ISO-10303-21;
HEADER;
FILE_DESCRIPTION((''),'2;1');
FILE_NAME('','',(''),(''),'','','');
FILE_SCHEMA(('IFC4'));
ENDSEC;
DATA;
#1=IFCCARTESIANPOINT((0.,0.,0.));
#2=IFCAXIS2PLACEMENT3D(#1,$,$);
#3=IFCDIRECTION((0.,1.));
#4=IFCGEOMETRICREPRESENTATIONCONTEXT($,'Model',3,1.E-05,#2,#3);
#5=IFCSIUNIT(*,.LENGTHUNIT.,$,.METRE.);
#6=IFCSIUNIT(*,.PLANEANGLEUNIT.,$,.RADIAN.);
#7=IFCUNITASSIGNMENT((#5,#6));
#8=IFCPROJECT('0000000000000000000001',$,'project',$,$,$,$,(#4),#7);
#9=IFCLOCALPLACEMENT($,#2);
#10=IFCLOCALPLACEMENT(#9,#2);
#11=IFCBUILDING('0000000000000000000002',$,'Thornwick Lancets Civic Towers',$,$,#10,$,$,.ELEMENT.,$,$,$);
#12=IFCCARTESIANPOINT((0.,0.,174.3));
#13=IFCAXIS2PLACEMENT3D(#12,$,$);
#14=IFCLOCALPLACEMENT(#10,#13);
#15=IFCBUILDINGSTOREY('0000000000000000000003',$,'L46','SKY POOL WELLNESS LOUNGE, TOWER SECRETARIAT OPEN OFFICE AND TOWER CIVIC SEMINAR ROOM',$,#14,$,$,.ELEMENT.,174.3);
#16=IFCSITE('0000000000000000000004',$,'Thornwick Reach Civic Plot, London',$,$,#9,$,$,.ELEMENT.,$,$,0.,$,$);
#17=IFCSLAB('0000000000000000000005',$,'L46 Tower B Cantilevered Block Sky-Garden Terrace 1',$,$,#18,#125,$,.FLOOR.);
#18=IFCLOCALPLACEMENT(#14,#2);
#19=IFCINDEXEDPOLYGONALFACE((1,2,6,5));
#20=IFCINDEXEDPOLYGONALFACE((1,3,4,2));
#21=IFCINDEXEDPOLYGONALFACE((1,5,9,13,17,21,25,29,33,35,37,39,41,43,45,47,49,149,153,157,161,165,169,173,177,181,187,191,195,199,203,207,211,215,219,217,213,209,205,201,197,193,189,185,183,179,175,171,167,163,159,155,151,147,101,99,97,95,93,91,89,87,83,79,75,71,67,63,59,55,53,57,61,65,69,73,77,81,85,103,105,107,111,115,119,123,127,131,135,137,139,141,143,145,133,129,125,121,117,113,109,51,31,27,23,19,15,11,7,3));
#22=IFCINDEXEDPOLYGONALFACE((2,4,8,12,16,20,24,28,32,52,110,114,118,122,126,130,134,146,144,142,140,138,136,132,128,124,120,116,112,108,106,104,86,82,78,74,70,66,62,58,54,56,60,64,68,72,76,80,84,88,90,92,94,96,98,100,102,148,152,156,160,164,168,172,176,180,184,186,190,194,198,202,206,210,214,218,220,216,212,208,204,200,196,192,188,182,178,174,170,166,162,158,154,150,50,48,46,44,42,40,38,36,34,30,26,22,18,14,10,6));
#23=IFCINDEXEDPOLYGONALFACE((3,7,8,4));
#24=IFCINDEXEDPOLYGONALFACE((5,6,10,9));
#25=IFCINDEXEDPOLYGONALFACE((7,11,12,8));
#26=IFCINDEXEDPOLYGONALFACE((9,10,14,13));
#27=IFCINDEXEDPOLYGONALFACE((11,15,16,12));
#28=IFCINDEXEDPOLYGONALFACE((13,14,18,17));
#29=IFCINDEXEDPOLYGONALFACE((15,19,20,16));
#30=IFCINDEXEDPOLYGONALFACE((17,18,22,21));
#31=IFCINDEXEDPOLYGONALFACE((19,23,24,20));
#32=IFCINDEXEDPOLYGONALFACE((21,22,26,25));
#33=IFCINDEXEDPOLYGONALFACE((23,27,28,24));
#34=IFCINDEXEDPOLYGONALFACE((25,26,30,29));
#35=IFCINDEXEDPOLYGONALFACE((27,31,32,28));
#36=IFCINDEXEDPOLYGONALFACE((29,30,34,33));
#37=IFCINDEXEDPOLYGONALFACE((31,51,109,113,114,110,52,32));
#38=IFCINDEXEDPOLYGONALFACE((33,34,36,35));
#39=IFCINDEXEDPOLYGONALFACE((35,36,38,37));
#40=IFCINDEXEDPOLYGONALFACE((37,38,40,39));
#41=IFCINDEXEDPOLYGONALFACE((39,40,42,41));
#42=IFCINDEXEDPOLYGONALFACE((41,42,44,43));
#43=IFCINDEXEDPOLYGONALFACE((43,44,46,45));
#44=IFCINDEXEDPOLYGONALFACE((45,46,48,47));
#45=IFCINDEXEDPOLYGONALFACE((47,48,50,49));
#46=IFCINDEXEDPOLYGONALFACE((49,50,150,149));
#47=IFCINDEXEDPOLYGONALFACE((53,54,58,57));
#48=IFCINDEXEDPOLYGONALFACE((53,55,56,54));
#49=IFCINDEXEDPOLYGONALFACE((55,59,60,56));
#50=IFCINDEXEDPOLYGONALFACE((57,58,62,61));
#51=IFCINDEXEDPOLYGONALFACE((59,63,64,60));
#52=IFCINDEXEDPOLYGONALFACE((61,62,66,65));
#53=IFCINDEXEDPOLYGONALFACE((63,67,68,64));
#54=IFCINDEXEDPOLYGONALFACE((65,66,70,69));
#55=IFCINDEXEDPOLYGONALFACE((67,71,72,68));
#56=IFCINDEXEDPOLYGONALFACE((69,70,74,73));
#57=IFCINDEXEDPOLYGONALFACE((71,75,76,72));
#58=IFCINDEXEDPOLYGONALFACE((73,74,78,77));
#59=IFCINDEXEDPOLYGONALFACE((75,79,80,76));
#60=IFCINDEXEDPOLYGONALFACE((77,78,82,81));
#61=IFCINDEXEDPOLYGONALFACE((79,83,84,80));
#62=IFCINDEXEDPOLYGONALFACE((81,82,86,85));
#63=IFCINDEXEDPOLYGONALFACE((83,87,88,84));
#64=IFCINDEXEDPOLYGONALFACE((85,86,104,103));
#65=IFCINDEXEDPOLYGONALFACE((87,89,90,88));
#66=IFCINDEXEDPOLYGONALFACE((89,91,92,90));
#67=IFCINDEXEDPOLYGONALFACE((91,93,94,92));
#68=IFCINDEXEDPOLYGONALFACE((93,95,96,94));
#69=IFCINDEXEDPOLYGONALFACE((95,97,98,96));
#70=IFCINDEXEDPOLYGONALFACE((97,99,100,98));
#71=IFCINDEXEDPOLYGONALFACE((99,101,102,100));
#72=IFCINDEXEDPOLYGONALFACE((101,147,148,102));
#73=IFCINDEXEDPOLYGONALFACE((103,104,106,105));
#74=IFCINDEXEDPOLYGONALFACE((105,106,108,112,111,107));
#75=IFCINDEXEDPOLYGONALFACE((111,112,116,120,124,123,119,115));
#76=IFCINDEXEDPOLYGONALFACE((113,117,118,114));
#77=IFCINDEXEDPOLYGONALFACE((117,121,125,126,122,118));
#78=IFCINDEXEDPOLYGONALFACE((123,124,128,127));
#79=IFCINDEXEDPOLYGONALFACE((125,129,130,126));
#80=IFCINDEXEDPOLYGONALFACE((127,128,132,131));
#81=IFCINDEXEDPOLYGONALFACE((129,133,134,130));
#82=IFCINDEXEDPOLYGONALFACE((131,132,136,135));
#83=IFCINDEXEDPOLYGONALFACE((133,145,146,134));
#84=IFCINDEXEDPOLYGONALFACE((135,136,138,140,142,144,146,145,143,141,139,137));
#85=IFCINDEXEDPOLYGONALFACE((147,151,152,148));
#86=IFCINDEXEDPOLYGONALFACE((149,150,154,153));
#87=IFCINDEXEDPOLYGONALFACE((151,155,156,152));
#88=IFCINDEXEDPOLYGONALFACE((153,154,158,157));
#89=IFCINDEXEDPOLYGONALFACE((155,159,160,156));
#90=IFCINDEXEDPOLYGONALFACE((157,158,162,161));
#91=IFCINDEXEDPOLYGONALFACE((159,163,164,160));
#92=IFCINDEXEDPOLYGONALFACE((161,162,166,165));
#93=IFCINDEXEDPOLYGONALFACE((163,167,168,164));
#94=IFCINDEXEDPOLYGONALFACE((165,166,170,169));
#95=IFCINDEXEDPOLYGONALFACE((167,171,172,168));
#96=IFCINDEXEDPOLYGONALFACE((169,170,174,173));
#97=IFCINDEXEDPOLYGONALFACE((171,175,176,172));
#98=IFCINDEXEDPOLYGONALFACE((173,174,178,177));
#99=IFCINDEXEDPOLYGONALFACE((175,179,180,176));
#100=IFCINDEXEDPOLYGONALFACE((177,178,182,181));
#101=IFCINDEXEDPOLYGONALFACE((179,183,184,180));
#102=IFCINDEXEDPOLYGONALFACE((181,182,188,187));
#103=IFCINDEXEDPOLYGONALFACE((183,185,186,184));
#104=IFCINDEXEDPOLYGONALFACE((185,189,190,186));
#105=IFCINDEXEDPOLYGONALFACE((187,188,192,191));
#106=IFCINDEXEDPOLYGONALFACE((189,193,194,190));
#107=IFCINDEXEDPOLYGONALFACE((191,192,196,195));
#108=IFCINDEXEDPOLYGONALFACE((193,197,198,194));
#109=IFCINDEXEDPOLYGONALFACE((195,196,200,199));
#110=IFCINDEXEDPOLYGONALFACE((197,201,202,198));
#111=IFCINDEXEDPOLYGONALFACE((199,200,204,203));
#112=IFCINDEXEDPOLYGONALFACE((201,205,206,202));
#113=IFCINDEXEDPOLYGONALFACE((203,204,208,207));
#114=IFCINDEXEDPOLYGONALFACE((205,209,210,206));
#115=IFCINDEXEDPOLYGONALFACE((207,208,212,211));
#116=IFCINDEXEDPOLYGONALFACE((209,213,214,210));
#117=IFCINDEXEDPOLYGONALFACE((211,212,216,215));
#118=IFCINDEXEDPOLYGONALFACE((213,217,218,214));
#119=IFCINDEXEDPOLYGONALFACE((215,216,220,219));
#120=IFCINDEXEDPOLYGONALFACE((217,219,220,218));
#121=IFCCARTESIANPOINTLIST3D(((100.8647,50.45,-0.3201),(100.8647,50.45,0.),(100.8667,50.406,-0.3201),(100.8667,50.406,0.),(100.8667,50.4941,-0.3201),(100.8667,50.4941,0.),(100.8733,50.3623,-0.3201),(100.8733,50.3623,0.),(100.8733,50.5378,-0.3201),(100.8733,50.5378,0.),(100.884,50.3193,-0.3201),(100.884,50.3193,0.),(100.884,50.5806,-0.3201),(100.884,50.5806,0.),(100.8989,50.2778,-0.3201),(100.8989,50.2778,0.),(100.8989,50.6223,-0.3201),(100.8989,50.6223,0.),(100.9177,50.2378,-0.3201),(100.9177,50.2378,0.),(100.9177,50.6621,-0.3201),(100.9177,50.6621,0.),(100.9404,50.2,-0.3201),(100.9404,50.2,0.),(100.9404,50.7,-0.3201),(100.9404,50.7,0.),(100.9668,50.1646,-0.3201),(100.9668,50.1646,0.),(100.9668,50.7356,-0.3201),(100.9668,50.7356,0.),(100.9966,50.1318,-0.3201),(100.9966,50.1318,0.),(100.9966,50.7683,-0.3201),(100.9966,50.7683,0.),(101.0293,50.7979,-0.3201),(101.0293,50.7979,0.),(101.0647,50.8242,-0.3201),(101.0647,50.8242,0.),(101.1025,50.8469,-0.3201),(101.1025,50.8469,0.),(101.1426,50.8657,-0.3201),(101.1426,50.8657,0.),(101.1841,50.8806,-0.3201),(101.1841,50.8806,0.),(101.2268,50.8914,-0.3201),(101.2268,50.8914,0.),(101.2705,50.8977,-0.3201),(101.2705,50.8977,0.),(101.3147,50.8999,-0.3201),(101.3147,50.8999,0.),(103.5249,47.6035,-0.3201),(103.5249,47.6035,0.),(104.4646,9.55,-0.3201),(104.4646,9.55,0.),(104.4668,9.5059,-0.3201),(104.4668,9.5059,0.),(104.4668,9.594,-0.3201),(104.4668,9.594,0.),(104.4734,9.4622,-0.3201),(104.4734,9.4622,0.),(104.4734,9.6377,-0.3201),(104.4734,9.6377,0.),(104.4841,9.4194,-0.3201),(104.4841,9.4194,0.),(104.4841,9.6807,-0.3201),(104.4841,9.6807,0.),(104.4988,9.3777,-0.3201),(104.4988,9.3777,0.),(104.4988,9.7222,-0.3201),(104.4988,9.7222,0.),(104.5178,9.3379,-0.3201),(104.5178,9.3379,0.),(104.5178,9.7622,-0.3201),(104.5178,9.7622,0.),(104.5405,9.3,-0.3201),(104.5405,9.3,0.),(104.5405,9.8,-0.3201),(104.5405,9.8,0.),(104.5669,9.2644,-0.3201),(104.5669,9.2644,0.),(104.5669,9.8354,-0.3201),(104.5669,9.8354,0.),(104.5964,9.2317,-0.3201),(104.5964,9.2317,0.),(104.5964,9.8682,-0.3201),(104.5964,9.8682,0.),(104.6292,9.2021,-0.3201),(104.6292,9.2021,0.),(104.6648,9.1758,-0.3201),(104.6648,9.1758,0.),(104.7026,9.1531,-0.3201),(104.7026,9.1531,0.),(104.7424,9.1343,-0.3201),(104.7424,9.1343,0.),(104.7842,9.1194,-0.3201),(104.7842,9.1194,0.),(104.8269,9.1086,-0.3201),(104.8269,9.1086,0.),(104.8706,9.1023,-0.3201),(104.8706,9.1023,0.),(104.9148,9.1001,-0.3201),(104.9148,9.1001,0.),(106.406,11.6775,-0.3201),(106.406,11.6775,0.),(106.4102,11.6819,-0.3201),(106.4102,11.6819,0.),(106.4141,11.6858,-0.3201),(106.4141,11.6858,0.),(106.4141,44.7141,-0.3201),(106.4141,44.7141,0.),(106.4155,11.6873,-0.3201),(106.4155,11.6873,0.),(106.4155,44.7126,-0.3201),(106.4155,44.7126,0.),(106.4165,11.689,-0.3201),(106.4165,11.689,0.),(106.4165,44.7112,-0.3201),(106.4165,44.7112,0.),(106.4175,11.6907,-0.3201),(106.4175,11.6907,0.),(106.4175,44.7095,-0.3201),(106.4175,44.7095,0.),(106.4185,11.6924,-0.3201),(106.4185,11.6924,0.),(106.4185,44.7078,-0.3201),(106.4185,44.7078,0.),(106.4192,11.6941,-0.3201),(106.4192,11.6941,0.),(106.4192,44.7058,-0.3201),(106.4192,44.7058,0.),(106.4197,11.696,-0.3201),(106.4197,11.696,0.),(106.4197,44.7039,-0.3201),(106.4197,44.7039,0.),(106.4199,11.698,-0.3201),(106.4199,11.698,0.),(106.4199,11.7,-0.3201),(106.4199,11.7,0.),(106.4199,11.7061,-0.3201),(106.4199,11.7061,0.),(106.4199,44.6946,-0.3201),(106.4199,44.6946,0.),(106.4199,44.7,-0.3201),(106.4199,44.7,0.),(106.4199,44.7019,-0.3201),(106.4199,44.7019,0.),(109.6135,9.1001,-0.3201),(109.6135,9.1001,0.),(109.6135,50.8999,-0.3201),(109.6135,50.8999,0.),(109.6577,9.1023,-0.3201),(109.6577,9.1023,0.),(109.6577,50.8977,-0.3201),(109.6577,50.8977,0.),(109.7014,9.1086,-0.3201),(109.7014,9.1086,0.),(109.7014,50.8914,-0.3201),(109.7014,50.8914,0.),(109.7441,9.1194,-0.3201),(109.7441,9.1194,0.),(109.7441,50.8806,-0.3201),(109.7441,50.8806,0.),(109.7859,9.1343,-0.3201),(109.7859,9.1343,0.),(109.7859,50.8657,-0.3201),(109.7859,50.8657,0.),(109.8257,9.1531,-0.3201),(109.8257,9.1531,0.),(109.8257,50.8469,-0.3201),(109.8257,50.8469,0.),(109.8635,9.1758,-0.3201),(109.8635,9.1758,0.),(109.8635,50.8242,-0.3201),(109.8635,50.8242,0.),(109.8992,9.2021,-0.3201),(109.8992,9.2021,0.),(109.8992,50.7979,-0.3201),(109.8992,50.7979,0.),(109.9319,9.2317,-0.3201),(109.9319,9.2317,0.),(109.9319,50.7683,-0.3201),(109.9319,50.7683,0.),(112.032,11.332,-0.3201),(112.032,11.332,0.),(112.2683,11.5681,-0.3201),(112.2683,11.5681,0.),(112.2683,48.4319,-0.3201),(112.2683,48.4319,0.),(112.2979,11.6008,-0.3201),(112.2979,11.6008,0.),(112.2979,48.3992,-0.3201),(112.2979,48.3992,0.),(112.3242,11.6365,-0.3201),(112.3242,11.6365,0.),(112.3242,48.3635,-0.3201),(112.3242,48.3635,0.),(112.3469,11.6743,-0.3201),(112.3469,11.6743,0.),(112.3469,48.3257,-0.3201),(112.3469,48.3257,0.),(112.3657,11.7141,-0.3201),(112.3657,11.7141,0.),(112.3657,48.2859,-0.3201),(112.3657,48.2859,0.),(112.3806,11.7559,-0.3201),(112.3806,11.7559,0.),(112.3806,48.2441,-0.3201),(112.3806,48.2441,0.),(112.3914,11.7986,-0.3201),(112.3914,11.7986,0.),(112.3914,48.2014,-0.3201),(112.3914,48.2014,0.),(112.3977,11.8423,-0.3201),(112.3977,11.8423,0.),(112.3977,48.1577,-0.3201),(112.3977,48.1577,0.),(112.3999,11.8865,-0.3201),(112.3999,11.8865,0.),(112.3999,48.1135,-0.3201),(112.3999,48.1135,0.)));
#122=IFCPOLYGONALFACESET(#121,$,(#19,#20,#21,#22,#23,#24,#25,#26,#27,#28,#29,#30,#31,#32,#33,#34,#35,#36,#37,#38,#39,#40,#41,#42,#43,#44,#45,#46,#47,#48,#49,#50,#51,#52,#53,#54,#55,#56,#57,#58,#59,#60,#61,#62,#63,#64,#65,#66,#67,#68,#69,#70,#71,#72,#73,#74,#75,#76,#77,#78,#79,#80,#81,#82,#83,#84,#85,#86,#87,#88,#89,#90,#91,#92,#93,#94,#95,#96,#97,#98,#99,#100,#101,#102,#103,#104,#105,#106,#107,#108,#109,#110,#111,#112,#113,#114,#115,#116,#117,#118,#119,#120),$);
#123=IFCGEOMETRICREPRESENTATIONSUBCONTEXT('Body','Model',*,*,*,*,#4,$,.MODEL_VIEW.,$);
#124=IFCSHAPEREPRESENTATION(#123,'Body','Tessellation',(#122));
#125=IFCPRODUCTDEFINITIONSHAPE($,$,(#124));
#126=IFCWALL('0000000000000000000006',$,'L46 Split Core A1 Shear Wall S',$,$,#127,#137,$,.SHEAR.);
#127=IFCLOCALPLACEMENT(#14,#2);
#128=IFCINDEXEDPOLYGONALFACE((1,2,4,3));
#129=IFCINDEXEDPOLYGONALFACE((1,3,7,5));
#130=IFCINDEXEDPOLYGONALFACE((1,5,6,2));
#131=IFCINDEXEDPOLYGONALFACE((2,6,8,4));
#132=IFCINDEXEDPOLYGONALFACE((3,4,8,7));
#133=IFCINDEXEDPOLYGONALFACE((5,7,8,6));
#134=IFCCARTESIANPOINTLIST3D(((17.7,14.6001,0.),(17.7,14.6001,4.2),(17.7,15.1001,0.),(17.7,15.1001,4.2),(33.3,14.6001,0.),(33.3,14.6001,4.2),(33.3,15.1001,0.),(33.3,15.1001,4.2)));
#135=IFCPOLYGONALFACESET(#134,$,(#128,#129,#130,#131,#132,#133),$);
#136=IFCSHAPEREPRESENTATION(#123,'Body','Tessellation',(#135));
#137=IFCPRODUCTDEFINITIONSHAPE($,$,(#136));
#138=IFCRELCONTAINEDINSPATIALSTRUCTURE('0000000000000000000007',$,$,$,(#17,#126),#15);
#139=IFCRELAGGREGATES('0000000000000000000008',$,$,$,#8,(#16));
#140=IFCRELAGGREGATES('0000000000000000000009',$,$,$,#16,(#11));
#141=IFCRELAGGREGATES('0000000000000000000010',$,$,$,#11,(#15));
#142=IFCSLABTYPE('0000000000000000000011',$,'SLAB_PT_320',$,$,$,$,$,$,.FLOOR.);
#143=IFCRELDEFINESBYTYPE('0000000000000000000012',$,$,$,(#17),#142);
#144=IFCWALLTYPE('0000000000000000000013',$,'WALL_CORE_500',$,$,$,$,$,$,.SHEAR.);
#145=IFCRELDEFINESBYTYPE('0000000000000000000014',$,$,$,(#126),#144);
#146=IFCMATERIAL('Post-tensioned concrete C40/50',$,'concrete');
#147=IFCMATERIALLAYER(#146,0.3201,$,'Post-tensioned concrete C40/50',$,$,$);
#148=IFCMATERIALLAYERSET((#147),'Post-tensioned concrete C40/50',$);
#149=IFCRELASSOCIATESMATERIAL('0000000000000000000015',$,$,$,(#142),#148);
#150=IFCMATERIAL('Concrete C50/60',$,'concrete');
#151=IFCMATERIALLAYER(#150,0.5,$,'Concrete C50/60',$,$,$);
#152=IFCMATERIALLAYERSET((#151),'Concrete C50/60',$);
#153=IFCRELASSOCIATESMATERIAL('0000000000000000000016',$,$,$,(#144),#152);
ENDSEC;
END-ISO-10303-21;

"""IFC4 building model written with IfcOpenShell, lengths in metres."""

from ifc_helpers import new_model, si_unit, direction, frame, frame_2d, origin, place, context, subcontext, project, spatial, polyline, rectangle, outline, extrude, material, layer, layer_set, type_object, element, save


model = new_model("IFC4")

# Units and contexts
model_context = context("Model", 3, precision=1e-05, world=origin(), true_north=direction((0.0, 1.0)))
body_context = subcontext(model_context, "Body", "Model", "MODEL_VIEW")
ifc_project = project(units=[si_unit("LENGTHUNIT", "METRE"), si_unit("PLANEANGLEUNIT", "RADIAN")], contexts=[model_context])

# Site, building, storey
site_placement = place(None, origin())
site = spatial("IfcSite", under=ifc_project, at=site_placement, Name="Thornwick Reach Civic Plot, London", CompositionType="ELEMENT", RefElevation=0.0)
building_placement = place(site_placement, origin())
building = spatial("IfcBuilding", under=site, at=building_placement, Name="Thornwick Lancets Civic Towers", CompositionType="ELEMENT")
storey_placement = place(building_placement, frame((0.0, 0.0, 174.3)))
storey = spatial("IfcBuildingStorey", under=building, at=storey_placement, Name="L46", Description="SKY POOL WELLNESS LOUNGE, TOWER SECRETARIAT OPEN OFFICE AND TOWER CIVIC SEMINAR ROOM", CompositionType="ELEMENT", Elevation=174.3)

# Shared definitions
ifc_material_1 = material(Name="Concrete C50/60", Category="concrete")

# Slab
ifc_material_2 = material(Name="Post-tensioned concrete C40/50", Category="concrete")
ifc_layer_1 = layer(ifc_material_2, 0.3201, Name="Post-tensioned concrete C40/50")
ifc_layer_set_1 = layer_set([ifc_layer_1], Name="Post-tensioned concrete C40/50")
slab_type_1 = type_object("IfcSlabType", Name="SLAB_PT_320", PredefinedType="FLOOR", material=ifc_layer_set_1)
slab_1_placement = place(storey_placement, frame((0.0, 0.0, -0.3201)))
element("IfcSlab", 1, at=slab_1_placement, inside=storey, type_object=slab_type_1, Name="L46 Tower B Cantilevered Block Sky-Garden Terrace 1", PredefinedType="FLOOR", context=body_context, shape_type="SweptSolid", body=[
    extrude(outline(polyline([(109.6577, 50.8977), (109.7014, 50.8914), (109.7441, 50.8806), (109.7859, 50.8657), (109.8257, 50.8469), (109.8635, 50.8242), (109.8992, 50.7979), (109.9319, 50.7683), (112.2683, 48.4319), (112.2979, 48.3992), (112.3242, 48.3635), (112.3469, 48.3257), (112.3657, 48.2859), (112.3806, 48.2441), (112.3914, 48.2014), (112.3977, 48.1577), (112.3999, 48.1135), (112.3999, 11.8865), (112.3977, 11.8423), (112.3914, 11.7986), (112.3806, 11.7559), (112.3657, 11.7141), (112.3469, 11.6743), (112.3242, 11.6365), (112.2979, 11.6008), (112.2683, 11.5681), (112.032, 11.332), (109.9319, 9.2317), (109.8992, 9.2021), (109.8635, 9.1758), (109.8257, 9.1531), (109.7859, 9.1343), (109.7441, 9.1194), (109.7014, 9.1086), (109.6577, 9.1023), (109.6135, 9.1001), (104.9148, 9.1001), (104.8706, 9.1023), (104.8269, 9.1086), (104.7842, 9.1194), (104.7424, 9.1343), (104.7026, 9.1531), (104.6648, 9.1758), (104.6292, 9.2021), (104.5964, 9.2317), (104.5669, 9.2644), (104.5405, 9.3), (104.5178, 9.3379), (104.4988, 9.3777), (104.4841, 9.4194), (104.4734, 9.4622), (104.4668, 9.5059), (104.4646, 9.55), (104.4668, 9.594), (104.4734, 9.6377), (104.4841, 9.6807), (104.4988, 9.7222), (104.5178, 9.7622), (104.5405, 9.8), (104.5669, 9.8354), (104.5964, 9.8682), (106.406, 11.6775), (106.4102, 11.6819), (106.4141, 11.6858), (106.4155, 11.6873), (106.4165, 11.689), (106.4175, 11.6907), (106.4185, 11.6924), (106.4192, 11.6941), (106.4197, 11.696), (106.4199, 11.698), (106.4199, 11.7), (106.4199, 11.7061), (106.4199, 44.6946), (106.4199, 44.7), (106.4199, 44.7019), (106.4197, 44.7039), (106.4192, 44.7058), (106.4185, 44.7078), (106.4175, 44.7095), (106.4165, 44.7112), (106.4155, 44.7126), (106.4141, 44.7141), (103.5249, 47.6035), (100.9966, 50.1318), (100.9668, 50.1646), (100.9404, 50.2), (100.9177, 50.2378), (100.8989, 50.2778), (100.884, 50.3193), (100.8733, 50.3623), (100.8667, 50.406), (100.8647, 50.45), (100.8667, 50.4941), (100.8733, 50.5378), (100.884, 50.5806), (100.8989, 50.6223), (100.9177, 50.6621), (100.9404, 50.7), (100.9668, 50.7356), (100.9966, 50.7683), (101.0293, 50.7979), (101.0647, 50.8242), (101.1025, 50.8469), (101.1426, 50.8657), (101.1841, 50.8806), (101.2268, 50.8914), (101.2705, 50.8977), (101.3147, 50.8999), (109.6135, 50.8999), (109.6577, 50.8977)])), origin(), (0.0, 0.0, 1.0), 0.3201),
])

# Wall
ifc_layer_2 = layer(ifc_material_1, 0.5, Name="Concrete C50/60")
ifc_layer_set_2 = layer_set([ifc_layer_2], Name="Concrete C50/60")
wall_type_1 = type_object("IfcWallType", Name="WALL_CORE_500", PredefinedType="SHEAR", material=ifc_layer_set_2)
wall_1_placement = place(storey_placement, frame((17.7, 14.8501, 0.0), z_axis=(0.0, 0.0, 1.0), x_axis=(1.0, 0.0, 0.0)))
element("IfcWall", 2, at=wall_1_placement, inside=storey, type_object=wall_type_1, Name="L46 Split Core A1 Shear Wall S", PredefinedType="SHEAR", context=body_context, shape_type="SweptSolid", body=[
    extrude(rectangle(XDim=15.6001, YDim=0.5, at=frame_2d((7.8, 0.0))), origin(), (0.0, 0.0, 1.0), 4.2),
])

save(model, "model.ifc")
